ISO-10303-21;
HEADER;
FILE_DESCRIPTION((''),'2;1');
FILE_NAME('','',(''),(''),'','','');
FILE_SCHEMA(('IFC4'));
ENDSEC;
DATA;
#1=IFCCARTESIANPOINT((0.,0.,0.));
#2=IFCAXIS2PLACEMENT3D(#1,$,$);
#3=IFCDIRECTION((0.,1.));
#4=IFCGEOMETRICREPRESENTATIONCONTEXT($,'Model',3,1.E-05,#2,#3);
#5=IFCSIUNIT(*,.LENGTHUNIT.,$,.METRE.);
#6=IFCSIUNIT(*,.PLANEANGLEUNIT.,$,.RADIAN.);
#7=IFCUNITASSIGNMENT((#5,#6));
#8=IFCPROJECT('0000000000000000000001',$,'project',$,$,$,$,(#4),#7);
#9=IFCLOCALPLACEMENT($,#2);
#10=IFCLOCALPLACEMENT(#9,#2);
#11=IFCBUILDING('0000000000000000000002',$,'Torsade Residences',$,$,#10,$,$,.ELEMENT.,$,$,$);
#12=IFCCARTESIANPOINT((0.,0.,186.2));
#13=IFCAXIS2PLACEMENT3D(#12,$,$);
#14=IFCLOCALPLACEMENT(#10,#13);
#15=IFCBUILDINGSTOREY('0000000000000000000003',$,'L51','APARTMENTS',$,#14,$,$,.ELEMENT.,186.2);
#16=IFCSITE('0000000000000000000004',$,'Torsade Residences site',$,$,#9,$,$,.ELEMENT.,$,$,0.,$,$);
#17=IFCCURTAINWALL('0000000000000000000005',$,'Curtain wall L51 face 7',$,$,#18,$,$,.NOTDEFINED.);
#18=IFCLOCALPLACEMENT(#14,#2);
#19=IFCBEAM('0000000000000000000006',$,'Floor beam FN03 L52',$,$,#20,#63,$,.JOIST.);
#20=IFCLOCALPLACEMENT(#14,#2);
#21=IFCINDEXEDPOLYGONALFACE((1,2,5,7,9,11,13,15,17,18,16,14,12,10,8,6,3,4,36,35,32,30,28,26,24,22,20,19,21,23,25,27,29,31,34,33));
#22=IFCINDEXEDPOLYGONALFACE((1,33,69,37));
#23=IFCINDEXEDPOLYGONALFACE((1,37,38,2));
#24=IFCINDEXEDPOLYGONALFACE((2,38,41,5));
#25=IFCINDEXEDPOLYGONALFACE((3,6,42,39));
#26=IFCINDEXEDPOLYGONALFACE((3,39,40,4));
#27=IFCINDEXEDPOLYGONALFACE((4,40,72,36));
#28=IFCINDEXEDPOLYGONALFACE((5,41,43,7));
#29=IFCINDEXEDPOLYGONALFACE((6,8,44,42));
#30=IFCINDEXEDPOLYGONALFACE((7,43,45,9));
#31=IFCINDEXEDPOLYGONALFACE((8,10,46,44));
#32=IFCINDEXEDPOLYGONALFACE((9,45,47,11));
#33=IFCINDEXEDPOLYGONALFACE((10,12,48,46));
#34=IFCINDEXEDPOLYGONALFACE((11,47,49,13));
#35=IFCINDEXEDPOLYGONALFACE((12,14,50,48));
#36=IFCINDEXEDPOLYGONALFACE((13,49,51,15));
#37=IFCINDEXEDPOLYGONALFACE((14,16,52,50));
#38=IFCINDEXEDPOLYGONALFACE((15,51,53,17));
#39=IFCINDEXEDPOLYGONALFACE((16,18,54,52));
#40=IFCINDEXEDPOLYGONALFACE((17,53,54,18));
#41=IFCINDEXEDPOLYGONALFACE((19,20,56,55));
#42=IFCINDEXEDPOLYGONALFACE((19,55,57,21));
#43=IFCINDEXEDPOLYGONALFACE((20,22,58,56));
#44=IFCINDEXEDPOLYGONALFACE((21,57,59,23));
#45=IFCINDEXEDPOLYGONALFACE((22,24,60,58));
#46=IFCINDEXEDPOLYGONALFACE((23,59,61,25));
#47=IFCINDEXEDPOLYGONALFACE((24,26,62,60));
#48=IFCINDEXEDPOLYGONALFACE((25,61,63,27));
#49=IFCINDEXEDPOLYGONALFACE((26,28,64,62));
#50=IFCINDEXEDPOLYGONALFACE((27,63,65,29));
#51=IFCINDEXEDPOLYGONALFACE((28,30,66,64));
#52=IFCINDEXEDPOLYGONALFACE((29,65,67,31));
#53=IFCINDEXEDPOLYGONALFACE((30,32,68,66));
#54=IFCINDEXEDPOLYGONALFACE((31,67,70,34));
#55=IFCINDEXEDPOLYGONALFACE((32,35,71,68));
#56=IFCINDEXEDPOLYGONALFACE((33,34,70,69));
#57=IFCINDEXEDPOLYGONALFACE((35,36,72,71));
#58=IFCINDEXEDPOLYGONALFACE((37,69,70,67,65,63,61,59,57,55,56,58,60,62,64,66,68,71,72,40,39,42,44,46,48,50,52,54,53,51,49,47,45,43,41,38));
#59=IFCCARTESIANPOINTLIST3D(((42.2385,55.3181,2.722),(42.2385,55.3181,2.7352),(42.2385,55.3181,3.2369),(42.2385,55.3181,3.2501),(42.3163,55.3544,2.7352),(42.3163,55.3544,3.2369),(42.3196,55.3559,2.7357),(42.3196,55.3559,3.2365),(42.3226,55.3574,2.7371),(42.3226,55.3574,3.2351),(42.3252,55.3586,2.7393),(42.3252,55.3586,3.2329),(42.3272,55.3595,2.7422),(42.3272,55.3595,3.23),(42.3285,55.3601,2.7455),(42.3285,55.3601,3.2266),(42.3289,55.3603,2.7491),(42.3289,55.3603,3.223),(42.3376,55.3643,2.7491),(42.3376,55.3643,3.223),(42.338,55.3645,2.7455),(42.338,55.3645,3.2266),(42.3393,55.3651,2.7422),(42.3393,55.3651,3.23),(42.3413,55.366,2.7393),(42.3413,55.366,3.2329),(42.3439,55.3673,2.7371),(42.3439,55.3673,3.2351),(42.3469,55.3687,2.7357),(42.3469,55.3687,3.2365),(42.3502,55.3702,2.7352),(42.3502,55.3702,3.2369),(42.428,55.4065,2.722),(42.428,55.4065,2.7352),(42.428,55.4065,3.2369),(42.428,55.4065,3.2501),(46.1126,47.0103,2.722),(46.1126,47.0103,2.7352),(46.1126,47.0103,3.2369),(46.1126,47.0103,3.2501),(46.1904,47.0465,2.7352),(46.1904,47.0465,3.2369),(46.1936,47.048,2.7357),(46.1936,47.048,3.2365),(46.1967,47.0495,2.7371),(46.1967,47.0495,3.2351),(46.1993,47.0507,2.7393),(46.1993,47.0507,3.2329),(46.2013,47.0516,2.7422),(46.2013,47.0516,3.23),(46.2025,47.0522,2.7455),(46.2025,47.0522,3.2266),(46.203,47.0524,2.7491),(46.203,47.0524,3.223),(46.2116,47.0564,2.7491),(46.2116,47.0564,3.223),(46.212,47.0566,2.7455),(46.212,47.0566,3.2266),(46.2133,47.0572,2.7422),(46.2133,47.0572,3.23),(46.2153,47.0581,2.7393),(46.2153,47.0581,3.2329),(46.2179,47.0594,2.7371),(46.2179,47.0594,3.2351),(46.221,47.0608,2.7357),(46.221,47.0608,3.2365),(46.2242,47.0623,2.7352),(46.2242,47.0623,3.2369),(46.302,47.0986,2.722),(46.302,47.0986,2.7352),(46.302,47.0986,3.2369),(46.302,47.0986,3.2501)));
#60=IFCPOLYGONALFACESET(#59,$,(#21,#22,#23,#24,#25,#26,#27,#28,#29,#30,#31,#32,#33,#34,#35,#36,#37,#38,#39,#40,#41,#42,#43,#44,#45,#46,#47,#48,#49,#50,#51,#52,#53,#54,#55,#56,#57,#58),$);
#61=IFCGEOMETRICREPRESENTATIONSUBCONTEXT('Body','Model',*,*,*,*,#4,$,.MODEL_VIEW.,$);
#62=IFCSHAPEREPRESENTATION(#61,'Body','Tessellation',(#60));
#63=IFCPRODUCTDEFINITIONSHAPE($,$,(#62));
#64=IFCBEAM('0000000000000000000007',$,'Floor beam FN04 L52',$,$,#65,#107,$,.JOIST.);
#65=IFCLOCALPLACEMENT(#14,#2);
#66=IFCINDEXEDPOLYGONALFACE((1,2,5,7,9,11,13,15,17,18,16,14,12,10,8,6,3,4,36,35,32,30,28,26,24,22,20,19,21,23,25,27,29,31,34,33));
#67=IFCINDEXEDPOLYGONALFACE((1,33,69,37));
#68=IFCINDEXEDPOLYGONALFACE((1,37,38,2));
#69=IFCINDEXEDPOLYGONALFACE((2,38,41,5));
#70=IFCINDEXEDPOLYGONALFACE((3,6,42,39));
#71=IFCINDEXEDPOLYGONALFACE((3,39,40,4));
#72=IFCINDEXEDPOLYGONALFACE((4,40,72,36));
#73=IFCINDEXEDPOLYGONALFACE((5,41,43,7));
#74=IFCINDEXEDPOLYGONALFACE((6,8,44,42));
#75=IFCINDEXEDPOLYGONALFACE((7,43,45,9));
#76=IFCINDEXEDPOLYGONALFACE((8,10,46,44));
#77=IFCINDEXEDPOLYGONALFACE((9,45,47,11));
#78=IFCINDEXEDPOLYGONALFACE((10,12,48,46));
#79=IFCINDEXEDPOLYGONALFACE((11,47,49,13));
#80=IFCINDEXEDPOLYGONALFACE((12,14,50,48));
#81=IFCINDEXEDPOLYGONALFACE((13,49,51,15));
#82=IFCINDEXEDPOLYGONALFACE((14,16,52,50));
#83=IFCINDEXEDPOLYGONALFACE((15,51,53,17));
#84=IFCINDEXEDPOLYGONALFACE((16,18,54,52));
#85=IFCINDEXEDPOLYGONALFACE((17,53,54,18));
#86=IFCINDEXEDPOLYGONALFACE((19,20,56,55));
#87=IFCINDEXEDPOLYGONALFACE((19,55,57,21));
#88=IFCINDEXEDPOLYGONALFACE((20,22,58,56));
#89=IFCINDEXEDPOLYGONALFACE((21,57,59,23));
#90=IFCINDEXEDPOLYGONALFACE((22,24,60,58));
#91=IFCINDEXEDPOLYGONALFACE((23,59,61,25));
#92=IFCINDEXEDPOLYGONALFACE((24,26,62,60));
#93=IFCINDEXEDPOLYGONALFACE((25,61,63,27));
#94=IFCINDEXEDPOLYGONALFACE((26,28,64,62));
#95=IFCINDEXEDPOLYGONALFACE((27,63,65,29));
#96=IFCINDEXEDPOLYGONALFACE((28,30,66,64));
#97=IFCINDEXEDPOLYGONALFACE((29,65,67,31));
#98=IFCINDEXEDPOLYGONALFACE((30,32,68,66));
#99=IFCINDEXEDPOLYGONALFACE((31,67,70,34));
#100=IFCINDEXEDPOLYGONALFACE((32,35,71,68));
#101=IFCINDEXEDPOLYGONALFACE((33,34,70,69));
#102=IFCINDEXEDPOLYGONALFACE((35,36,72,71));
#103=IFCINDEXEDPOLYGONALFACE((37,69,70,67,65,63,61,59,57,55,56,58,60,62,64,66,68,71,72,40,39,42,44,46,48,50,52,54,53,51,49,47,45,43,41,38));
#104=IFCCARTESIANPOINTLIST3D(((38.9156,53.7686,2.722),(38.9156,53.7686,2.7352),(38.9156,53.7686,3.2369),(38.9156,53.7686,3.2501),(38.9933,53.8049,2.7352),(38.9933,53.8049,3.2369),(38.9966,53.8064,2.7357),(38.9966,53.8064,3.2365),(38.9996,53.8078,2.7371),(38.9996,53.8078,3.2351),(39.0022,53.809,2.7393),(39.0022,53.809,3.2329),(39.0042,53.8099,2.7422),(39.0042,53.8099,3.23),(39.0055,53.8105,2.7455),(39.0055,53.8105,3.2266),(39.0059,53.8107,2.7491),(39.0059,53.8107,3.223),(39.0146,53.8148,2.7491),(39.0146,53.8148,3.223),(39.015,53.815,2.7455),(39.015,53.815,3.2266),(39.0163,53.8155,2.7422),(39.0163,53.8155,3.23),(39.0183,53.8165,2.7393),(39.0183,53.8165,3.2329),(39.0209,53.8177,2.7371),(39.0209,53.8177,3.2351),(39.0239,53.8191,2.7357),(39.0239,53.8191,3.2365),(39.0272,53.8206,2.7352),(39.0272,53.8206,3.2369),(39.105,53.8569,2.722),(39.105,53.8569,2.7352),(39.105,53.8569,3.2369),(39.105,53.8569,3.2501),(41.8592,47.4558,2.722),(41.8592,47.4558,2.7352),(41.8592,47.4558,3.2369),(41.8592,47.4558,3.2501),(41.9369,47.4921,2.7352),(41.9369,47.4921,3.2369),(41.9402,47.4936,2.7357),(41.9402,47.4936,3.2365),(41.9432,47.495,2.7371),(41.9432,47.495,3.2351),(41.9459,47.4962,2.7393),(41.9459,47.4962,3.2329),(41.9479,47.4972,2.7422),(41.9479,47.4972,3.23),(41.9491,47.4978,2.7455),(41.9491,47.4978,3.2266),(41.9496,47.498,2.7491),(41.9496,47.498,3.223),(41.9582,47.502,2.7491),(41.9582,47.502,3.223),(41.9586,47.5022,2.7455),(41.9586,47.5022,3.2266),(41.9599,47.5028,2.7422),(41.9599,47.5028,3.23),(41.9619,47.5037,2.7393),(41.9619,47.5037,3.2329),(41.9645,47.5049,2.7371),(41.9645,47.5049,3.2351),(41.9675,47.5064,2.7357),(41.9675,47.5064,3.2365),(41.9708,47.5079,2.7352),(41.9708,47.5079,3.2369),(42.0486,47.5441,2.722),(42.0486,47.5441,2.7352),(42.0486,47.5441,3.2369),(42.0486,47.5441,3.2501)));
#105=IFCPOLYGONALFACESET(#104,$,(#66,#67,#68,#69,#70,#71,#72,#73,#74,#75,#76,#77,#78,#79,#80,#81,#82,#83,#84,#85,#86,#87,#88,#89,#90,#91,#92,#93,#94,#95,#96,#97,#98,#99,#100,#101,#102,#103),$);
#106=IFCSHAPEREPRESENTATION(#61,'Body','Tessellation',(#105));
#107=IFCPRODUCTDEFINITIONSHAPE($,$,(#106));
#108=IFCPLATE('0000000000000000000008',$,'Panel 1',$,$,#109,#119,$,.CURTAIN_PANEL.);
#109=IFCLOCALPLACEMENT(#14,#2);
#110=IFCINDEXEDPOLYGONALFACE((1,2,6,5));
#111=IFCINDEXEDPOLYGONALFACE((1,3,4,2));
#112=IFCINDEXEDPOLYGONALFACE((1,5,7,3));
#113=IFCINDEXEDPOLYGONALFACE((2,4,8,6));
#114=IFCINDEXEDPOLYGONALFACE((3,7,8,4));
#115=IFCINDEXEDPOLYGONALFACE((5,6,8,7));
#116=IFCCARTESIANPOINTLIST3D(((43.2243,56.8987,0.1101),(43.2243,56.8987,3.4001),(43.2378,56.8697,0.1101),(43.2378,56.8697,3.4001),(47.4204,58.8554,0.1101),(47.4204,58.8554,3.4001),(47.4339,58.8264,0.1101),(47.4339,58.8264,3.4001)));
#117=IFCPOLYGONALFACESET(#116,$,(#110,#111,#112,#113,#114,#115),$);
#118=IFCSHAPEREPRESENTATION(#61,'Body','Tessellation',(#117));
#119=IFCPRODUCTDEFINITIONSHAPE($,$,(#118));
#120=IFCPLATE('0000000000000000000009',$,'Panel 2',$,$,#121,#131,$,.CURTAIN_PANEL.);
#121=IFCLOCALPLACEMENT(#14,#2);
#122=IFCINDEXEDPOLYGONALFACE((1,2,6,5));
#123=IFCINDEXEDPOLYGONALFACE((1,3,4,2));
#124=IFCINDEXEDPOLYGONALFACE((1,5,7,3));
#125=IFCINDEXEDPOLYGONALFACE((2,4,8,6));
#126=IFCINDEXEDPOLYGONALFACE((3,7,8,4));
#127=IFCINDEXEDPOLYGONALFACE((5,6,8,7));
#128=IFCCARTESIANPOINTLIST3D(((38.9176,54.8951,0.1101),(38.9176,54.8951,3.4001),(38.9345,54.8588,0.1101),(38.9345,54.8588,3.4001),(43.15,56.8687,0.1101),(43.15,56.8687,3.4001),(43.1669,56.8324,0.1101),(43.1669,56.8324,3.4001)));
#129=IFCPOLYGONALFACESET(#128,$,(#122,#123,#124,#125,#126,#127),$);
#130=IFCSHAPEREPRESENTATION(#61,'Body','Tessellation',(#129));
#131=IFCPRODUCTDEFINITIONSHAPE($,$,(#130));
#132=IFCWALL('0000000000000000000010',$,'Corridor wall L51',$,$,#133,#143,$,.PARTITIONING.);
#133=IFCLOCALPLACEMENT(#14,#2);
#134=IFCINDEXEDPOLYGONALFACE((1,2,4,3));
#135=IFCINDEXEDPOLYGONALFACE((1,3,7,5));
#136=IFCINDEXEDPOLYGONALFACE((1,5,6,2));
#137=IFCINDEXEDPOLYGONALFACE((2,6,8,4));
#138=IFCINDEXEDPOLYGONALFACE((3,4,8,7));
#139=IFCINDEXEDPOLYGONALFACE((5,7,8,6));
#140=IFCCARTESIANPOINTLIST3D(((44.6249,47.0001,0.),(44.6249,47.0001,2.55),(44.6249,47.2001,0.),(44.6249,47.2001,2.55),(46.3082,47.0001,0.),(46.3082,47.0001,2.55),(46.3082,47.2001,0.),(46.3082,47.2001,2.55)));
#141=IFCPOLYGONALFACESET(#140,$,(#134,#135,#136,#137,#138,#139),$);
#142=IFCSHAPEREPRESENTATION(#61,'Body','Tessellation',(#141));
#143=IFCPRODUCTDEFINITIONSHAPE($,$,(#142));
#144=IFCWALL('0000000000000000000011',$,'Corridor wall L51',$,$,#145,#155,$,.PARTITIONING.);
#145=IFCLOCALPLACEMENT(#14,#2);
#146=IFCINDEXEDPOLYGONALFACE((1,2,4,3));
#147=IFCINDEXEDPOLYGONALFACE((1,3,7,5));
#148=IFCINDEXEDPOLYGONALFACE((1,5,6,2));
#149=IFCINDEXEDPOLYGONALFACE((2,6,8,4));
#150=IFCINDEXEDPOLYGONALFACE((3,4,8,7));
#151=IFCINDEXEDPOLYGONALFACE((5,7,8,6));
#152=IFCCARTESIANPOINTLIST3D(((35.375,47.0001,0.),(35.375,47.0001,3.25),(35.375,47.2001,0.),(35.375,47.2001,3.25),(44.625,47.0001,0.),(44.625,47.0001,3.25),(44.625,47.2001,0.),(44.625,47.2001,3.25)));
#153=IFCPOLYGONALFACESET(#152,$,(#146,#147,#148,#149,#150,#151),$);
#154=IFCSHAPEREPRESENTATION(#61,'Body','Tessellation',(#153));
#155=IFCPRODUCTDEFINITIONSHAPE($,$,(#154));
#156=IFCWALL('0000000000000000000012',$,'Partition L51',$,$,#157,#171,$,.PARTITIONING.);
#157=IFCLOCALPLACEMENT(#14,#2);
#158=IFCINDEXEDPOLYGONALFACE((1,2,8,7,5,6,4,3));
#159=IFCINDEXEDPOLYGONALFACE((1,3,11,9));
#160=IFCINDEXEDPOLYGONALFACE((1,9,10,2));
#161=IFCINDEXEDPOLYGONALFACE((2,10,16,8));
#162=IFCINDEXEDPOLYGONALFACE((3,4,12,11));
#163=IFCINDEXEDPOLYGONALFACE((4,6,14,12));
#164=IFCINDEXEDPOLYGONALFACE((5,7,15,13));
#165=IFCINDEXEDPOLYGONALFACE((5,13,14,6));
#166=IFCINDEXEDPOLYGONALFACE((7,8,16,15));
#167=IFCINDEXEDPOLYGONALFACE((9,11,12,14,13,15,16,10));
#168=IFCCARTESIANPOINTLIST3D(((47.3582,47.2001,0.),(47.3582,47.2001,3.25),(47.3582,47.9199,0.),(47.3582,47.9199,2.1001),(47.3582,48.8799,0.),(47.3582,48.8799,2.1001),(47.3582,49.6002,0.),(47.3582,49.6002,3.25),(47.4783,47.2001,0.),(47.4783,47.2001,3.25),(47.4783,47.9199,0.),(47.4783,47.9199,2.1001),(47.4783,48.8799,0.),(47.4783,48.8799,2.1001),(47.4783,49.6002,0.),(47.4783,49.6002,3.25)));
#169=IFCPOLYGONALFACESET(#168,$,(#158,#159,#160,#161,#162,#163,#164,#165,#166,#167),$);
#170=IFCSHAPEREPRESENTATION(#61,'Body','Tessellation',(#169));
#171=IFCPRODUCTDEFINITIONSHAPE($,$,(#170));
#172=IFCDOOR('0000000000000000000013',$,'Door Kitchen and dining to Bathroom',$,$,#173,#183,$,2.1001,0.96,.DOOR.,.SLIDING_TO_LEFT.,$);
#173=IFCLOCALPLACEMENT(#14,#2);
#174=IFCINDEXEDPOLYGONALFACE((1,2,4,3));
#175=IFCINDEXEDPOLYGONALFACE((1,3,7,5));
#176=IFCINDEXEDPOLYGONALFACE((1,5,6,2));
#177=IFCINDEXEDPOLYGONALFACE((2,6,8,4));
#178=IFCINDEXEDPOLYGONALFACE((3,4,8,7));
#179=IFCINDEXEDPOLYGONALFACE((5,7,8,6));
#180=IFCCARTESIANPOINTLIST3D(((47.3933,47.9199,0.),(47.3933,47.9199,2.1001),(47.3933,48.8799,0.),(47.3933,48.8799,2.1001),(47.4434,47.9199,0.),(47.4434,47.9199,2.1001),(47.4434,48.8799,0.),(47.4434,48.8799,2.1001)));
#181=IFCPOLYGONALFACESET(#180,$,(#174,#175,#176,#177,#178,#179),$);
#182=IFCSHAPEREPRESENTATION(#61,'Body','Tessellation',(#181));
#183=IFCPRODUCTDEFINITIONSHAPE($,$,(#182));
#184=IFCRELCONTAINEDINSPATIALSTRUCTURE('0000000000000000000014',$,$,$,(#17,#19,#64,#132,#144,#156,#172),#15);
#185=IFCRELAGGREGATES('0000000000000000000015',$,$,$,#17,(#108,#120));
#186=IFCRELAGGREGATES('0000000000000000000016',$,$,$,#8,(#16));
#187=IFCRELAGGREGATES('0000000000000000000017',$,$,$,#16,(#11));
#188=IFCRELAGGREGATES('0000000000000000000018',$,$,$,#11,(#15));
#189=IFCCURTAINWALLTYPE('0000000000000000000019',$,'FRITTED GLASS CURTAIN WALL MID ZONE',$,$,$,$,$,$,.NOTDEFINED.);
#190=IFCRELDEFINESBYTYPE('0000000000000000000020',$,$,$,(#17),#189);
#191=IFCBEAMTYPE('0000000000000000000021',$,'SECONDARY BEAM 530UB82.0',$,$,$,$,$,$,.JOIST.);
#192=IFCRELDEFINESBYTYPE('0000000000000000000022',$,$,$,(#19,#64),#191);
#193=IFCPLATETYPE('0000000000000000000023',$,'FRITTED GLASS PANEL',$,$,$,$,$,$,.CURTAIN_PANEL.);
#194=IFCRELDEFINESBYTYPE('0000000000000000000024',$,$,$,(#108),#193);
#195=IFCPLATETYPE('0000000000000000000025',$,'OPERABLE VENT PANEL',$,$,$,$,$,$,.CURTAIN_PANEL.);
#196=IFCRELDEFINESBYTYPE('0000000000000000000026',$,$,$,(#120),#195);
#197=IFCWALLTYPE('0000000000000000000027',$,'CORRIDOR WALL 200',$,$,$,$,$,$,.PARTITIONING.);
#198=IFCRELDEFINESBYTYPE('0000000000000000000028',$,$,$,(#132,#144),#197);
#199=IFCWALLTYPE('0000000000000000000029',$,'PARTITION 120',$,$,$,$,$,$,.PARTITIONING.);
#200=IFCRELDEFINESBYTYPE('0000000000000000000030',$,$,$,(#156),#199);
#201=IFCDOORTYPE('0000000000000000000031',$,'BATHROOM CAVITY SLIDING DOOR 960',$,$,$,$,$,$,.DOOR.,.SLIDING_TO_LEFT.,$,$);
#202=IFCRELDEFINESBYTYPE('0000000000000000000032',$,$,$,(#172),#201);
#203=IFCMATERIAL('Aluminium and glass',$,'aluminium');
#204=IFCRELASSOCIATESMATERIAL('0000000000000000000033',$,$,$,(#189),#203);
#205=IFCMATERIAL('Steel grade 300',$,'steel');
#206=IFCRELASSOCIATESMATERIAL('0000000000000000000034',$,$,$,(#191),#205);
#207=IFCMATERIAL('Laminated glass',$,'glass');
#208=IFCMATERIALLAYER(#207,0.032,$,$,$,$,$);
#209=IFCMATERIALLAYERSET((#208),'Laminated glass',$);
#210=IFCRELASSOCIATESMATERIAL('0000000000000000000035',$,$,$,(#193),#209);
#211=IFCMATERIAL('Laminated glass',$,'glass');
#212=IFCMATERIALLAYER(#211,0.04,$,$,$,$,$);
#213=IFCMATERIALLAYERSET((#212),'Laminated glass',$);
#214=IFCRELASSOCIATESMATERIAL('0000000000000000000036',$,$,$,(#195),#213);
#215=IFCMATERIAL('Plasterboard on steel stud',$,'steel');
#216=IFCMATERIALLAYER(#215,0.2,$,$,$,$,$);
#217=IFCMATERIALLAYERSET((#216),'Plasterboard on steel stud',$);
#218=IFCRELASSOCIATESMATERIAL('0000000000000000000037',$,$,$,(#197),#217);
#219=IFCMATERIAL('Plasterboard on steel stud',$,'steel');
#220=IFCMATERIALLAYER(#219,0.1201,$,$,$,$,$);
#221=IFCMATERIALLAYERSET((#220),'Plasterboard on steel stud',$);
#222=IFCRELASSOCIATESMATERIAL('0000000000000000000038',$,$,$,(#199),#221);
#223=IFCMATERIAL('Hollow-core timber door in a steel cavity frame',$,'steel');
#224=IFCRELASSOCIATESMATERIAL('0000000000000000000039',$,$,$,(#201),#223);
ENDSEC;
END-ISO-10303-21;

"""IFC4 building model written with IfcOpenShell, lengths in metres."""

from ifc_helpers import new_model, si_unit, direction, frame, frame_2d, origin, origin_2d, place, context, subcontext, project, spatial, rectangle, i_section, extrude, material, layer, layer_set, material_profile, profile_set, type_object, element, fill, aggregate, save


model = new_model("IFC4")

# Units and contexts
model_context = context("Model", 3, precision=1e-05, world=origin(), true_north=direction((0.0, 1.0)))
body_context = subcontext(model_context, "Body", "Model", "MODEL_VIEW")
ifc_project = project(units=[si_unit("LENGTHUNIT", "METRE"), si_unit("PLANEANGLEUNIT", "RADIAN")], contexts=[model_context])

# Site, building, storey
site_placement = place(None, origin())
site = spatial("IfcSite", under=ifc_project, at=site_placement, Name="Torsade Residences site", CompositionType="ELEMENT", RefElevation=0.0)
building_placement = place(site_placement, origin())
building = spatial("IfcBuilding", under=site, at=building_placement, Name="Torsade Residences", CompositionType="ELEMENT")
storey_placement = place(building_placement, frame((0.0, 0.0, 186.2)))
storey = spatial("IfcBuildingStorey", under=building, at=storey_placement, Name="L51", Description="APARTMENTS", CompositionType="ELEMENT", Elevation=186.2)

# Curtain wall
ifc_material_1 = material(Name="Aluminium and glass", Category="aluminium")
curtain_wall_type = type_object("IfcCurtainWallType", Name="FRITTED GLASS CURTAIN WALL MID ZONE", PredefinedType="NOTDEFINED", material=ifc_material_1)
curtain_wall_placement = place(storey_placement, origin())
curtain_wall = element("IfcCurtainWall", 1, at=curtain_wall_placement, inside=storey, type_object=curtain_wall_type, Name="Curtain wall L51 face 7", PredefinedType="NOTDEFINED")

# Beams
ifc_material_2 = material(Name="Steel grade 300", Category="steel")
ifc_material_profile_1 = material_profile(ifc_material_2, i_section(OverallWidth=0.209, OverallDepth=0.5281, WebThickness=0.0095, FlangeThickness=0.0132, FilletRadius=0.0139, at=origin_2d()), Name="530UB82.0")
ifc_profile_set_1 = profile_set([ifc_material_profile_1], Name="Steel grade 300")
beam_type_1 = type_object("IfcBeamType", Name="SECONDARY BEAM 530UB82.0", PredefinedType="JOIST", material=ifc_profile_set_1)
beam_1_placement = place(storey_placement, frame((42.3333, 55.3623, 2.9861), z_axis=(0.422619, -0.906308, 0.0), x_axis=(0.906308, 0.422619, 0.0)))
element("IfcBeam", 2, at=beam_1_placement, inside=storey, type_object=beam_type_1, Name="Floor beam FN03 L52", PredefinedType="JOIST", context=body_context, shape_type="SweptSolid", body=[
    extrude(i_section(OverallWidth=0.209, OverallDepth=0.5281, WebThickness=0.0095, FlangeThickness=0.0132, FilletRadius=0.0139, at=origin_2d()), origin(), (0.0, 0.0, 1.0), 9.1667),
])
beam_2_placement = place(storey_placement, frame((39.0103, 53.8127, 2.9861), z_axis=(0.422609, -0.906312, 0.0), x_axis=(0.906312, 0.422609, 0.0)))
element("IfcBeam", 3, at=beam_2_placement, inside=storey, type_object=beam_type_1, Name="Floor beam FN04 L52", PredefinedType="JOIST", context=body_context, shape_type="SweptSolid", body=[
    extrude(i_section(OverallWidth=0.209, OverallDepth=0.5281, WebThickness=0.0095, FlangeThickness=0.0132, FilletRadius=0.0139, at=origin_2d()), origin(), (0.0, 0.0, 1.0), 6.9653),
])

# Plates
ifc_material_3 = material(Name="Laminated glass", Category="glass")
ifc_layer_1 = layer(ifc_material_3, 0.032)
ifc_layer_set_1 = layer_set([ifc_layer_1], Name="Laminated glass")
plate_type_1 = type_object("IfcPlateType", Name="FRITTED GLASS PANEL", PredefinedType="CURTAIN_PANEL", material=ifc_layer_set_1)
plate_1_placement = place(storey_placement, frame((45.3291, 57.8625, 0.1101), z_axis=(0.0, 0.0, 1.0), x_axis=(-0.906308, -0.422618, 0.0)))
plate_1 = element("IfcPlate", 4, at=plate_1_placement, type_object=plate_type_1, Name="Panel 1", PredefinedType="CURTAIN_PANEL", context=body_context, shape_type="SweptSolid", body=[
    extrude(rectangle(XDim=4.6299, YDim=0.032, at=origin_2d()), origin(), (0.0, 0.0, 1.0), 3.29),
])
ifc_material_4 = material(Name="Laminated glass", Category="glass")
ifc_layer_2 = layer(ifc_material_4, 0.04)
ifc_layer_set_2 = layer_set([ifc_layer_2], Name="Laminated glass")
plate_type_2 = type_object("IfcPlateType", Name="OPERABLE VENT PANEL", PredefinedType="CURTAIN_PANEL", material=ifc_layer_set_2)
plate_2_placement = place(storey_placement, frame((41.0422, 55.8638, 0.1101), z_axis=(0.0, 0.0, 1.0), x_axis=(-0.906308, -0.422618, 0.0)))
plate_2 = element("IfcPlate", 5, at=plate_2_placement, type_object=plate_type_2, Name="Panel 2", PredefinedType="CURTAIN_PANEL", context=body_context, shape_type="SweptSolid", body=[
    extrude(rectangle(XDim=4.6699, YDim=0.04, at=origin_2d()), origin(), (0.0, 0.0, 1.0), 3.29),
])
aggregate(curtain_wall, [plate_1, plate_2])

# Walls
ifc_material_5 = material(Name="Plasterboard on steel stud", Category="steel")
ifc_layer_3 = layer(ifc_material_5, 0.2)
ifc_layer_set_3 = layer_set([ifc_layer_3], Name="Plasterboard on steel stud")
wall_type_1 = type_object("IfcWallType", Name="CORRIDOR WALL 200", PredefinedType="PARTITIONING", material=ifc_layer_set_3)
wall_1_placement = place(storey_placement, frame((46.3083, 47.1001, 0.0), z_axis=(0.0, 0.0, 1.0), x_axis=(-1.0, 0.0, 0.0)))
element("IfcWall", 6, at=wall_1_placement, inside=storey, type_object=wall_type_1, Name="Corridor wall L51", PredefinedType="PARTITIONING", context=body_context, shape_type="SweptSolid", body=[
    extrude(rectangle(XDim=1.6833, YDim=0.2, at=frame_2d((0.8418, 0.0))), origin(), (0.0, 0.0, 1.0), 2.55),
])
wall_2_placement = place(storey_placement, frame((44.625, 47.1001, 0.0), z_axis=(0.0, 0.0, 1.0), x_axis=(-1.0, 0.0, 0.0)))
element("IfcWall", 7, at=wall_2_placement, inside=storey, type_object=wall_type_1, Name="Corridor wall L51", PredefinedType="PARTITIONING", context=body_context, shape_type="SweptSolid", body=[
    extrude(rectangle(XDim=9.25, YDim=0.2, at=frame_2d((4.625, 0.0))), origin(), (0.0, 0.0, 1.0), 3.25),
])

# Wall, opening, door
ifc_material_6 = material(Name="Plasterboard on steel stud", Category="steel")
ifc_layer_4 = layer(ifc_material_6, 0.1201)
ifc_layer_set_4 = layer_set([ifc_layer_4], Name="Plasterboard on steel stud")
wall_type_2 = type_object("IfcWallType", Name="PARTITION 120", PredefinedType="PARTITIONING", material=ifc_layer_set_4)
wall_3_placement = place(storey_placement, frame((47.4182, 47.2, 0.0), z_axis=(0.0, 0.0, 1.0), x_axis=(0.0, 1.0, 0.0)))
wall_3 = element("IfcWall", 8, at=wall_3_placement, inside=storey, type_object=wall_type_2, Name="Partition L51", PredefinedType="PARTITIONING", context=body_context, shape_type="SweptSolid", body=[
    extrude(rectangle(XDim=2.4001, YDim=0.1201, at=frame_2d((1.2002, 0.0))), origin(), (0.0, 0.0, 1.0), 3.25),
])
opening_1_placement = place(wall_3_placement, frame((0.72, 0.0, 0.0)))
opening_1 = element("IfcOpeningElement", 9, at=opening_1_placement, cuts=wall_3, PredefinedType="OPENING", context=body_context, shape_type="SweptSolid", body=[
    extrude(rectangle(XDim=0.96, YDim=2.1001, at=frame_2d((0.48, 1.05))), frame((0.0, 0.0701, 0.0), z_axis=(0.0, -1.0, 0.0), x_axis=(1.0, 0.0, 0.0)), (0.0, 0.0, 1.0), 0.1401),
])
ifc_material_7 = material(Name="Hollow-core timber door in a steel cavity frame", Category="steel")
door_type = type_object("IfcDoorType", Name="BATHROOM CAVITY SLIDING DOOR 960", OperationType="SLIDING_TO_LEFT", PredefinedType="DOOR", material=ifc_material_7)
door_1_placement = place(opening_1_placement, origin())
door_1 = element("IfcDoor", 10, at=door_1_placement, inside=storey, type_object=door_type, Name="Door Kitchen and dining to Bathroom", OperationType="SLIDING_TO_LEFT", OverallHeight=2.1001, OverallWidth=0.96, PredefinedType="DOOR", context=body_context, shape_type="SweptSolid", body=[
    extrude(rectangle(XDim=0.96, YDim=2.1001, at=frame_2d((0.48, 1.05))), frame((0.0, 0.0249, 0.0), z_axis=(0.0, -1.0, 0.0), x_axis=(1.0, 0.0, 0.0)), (0.0, 0.0, 1.0), 0.05),
])
fill(opening_1, door_1)

save(model, "model.ifc")
